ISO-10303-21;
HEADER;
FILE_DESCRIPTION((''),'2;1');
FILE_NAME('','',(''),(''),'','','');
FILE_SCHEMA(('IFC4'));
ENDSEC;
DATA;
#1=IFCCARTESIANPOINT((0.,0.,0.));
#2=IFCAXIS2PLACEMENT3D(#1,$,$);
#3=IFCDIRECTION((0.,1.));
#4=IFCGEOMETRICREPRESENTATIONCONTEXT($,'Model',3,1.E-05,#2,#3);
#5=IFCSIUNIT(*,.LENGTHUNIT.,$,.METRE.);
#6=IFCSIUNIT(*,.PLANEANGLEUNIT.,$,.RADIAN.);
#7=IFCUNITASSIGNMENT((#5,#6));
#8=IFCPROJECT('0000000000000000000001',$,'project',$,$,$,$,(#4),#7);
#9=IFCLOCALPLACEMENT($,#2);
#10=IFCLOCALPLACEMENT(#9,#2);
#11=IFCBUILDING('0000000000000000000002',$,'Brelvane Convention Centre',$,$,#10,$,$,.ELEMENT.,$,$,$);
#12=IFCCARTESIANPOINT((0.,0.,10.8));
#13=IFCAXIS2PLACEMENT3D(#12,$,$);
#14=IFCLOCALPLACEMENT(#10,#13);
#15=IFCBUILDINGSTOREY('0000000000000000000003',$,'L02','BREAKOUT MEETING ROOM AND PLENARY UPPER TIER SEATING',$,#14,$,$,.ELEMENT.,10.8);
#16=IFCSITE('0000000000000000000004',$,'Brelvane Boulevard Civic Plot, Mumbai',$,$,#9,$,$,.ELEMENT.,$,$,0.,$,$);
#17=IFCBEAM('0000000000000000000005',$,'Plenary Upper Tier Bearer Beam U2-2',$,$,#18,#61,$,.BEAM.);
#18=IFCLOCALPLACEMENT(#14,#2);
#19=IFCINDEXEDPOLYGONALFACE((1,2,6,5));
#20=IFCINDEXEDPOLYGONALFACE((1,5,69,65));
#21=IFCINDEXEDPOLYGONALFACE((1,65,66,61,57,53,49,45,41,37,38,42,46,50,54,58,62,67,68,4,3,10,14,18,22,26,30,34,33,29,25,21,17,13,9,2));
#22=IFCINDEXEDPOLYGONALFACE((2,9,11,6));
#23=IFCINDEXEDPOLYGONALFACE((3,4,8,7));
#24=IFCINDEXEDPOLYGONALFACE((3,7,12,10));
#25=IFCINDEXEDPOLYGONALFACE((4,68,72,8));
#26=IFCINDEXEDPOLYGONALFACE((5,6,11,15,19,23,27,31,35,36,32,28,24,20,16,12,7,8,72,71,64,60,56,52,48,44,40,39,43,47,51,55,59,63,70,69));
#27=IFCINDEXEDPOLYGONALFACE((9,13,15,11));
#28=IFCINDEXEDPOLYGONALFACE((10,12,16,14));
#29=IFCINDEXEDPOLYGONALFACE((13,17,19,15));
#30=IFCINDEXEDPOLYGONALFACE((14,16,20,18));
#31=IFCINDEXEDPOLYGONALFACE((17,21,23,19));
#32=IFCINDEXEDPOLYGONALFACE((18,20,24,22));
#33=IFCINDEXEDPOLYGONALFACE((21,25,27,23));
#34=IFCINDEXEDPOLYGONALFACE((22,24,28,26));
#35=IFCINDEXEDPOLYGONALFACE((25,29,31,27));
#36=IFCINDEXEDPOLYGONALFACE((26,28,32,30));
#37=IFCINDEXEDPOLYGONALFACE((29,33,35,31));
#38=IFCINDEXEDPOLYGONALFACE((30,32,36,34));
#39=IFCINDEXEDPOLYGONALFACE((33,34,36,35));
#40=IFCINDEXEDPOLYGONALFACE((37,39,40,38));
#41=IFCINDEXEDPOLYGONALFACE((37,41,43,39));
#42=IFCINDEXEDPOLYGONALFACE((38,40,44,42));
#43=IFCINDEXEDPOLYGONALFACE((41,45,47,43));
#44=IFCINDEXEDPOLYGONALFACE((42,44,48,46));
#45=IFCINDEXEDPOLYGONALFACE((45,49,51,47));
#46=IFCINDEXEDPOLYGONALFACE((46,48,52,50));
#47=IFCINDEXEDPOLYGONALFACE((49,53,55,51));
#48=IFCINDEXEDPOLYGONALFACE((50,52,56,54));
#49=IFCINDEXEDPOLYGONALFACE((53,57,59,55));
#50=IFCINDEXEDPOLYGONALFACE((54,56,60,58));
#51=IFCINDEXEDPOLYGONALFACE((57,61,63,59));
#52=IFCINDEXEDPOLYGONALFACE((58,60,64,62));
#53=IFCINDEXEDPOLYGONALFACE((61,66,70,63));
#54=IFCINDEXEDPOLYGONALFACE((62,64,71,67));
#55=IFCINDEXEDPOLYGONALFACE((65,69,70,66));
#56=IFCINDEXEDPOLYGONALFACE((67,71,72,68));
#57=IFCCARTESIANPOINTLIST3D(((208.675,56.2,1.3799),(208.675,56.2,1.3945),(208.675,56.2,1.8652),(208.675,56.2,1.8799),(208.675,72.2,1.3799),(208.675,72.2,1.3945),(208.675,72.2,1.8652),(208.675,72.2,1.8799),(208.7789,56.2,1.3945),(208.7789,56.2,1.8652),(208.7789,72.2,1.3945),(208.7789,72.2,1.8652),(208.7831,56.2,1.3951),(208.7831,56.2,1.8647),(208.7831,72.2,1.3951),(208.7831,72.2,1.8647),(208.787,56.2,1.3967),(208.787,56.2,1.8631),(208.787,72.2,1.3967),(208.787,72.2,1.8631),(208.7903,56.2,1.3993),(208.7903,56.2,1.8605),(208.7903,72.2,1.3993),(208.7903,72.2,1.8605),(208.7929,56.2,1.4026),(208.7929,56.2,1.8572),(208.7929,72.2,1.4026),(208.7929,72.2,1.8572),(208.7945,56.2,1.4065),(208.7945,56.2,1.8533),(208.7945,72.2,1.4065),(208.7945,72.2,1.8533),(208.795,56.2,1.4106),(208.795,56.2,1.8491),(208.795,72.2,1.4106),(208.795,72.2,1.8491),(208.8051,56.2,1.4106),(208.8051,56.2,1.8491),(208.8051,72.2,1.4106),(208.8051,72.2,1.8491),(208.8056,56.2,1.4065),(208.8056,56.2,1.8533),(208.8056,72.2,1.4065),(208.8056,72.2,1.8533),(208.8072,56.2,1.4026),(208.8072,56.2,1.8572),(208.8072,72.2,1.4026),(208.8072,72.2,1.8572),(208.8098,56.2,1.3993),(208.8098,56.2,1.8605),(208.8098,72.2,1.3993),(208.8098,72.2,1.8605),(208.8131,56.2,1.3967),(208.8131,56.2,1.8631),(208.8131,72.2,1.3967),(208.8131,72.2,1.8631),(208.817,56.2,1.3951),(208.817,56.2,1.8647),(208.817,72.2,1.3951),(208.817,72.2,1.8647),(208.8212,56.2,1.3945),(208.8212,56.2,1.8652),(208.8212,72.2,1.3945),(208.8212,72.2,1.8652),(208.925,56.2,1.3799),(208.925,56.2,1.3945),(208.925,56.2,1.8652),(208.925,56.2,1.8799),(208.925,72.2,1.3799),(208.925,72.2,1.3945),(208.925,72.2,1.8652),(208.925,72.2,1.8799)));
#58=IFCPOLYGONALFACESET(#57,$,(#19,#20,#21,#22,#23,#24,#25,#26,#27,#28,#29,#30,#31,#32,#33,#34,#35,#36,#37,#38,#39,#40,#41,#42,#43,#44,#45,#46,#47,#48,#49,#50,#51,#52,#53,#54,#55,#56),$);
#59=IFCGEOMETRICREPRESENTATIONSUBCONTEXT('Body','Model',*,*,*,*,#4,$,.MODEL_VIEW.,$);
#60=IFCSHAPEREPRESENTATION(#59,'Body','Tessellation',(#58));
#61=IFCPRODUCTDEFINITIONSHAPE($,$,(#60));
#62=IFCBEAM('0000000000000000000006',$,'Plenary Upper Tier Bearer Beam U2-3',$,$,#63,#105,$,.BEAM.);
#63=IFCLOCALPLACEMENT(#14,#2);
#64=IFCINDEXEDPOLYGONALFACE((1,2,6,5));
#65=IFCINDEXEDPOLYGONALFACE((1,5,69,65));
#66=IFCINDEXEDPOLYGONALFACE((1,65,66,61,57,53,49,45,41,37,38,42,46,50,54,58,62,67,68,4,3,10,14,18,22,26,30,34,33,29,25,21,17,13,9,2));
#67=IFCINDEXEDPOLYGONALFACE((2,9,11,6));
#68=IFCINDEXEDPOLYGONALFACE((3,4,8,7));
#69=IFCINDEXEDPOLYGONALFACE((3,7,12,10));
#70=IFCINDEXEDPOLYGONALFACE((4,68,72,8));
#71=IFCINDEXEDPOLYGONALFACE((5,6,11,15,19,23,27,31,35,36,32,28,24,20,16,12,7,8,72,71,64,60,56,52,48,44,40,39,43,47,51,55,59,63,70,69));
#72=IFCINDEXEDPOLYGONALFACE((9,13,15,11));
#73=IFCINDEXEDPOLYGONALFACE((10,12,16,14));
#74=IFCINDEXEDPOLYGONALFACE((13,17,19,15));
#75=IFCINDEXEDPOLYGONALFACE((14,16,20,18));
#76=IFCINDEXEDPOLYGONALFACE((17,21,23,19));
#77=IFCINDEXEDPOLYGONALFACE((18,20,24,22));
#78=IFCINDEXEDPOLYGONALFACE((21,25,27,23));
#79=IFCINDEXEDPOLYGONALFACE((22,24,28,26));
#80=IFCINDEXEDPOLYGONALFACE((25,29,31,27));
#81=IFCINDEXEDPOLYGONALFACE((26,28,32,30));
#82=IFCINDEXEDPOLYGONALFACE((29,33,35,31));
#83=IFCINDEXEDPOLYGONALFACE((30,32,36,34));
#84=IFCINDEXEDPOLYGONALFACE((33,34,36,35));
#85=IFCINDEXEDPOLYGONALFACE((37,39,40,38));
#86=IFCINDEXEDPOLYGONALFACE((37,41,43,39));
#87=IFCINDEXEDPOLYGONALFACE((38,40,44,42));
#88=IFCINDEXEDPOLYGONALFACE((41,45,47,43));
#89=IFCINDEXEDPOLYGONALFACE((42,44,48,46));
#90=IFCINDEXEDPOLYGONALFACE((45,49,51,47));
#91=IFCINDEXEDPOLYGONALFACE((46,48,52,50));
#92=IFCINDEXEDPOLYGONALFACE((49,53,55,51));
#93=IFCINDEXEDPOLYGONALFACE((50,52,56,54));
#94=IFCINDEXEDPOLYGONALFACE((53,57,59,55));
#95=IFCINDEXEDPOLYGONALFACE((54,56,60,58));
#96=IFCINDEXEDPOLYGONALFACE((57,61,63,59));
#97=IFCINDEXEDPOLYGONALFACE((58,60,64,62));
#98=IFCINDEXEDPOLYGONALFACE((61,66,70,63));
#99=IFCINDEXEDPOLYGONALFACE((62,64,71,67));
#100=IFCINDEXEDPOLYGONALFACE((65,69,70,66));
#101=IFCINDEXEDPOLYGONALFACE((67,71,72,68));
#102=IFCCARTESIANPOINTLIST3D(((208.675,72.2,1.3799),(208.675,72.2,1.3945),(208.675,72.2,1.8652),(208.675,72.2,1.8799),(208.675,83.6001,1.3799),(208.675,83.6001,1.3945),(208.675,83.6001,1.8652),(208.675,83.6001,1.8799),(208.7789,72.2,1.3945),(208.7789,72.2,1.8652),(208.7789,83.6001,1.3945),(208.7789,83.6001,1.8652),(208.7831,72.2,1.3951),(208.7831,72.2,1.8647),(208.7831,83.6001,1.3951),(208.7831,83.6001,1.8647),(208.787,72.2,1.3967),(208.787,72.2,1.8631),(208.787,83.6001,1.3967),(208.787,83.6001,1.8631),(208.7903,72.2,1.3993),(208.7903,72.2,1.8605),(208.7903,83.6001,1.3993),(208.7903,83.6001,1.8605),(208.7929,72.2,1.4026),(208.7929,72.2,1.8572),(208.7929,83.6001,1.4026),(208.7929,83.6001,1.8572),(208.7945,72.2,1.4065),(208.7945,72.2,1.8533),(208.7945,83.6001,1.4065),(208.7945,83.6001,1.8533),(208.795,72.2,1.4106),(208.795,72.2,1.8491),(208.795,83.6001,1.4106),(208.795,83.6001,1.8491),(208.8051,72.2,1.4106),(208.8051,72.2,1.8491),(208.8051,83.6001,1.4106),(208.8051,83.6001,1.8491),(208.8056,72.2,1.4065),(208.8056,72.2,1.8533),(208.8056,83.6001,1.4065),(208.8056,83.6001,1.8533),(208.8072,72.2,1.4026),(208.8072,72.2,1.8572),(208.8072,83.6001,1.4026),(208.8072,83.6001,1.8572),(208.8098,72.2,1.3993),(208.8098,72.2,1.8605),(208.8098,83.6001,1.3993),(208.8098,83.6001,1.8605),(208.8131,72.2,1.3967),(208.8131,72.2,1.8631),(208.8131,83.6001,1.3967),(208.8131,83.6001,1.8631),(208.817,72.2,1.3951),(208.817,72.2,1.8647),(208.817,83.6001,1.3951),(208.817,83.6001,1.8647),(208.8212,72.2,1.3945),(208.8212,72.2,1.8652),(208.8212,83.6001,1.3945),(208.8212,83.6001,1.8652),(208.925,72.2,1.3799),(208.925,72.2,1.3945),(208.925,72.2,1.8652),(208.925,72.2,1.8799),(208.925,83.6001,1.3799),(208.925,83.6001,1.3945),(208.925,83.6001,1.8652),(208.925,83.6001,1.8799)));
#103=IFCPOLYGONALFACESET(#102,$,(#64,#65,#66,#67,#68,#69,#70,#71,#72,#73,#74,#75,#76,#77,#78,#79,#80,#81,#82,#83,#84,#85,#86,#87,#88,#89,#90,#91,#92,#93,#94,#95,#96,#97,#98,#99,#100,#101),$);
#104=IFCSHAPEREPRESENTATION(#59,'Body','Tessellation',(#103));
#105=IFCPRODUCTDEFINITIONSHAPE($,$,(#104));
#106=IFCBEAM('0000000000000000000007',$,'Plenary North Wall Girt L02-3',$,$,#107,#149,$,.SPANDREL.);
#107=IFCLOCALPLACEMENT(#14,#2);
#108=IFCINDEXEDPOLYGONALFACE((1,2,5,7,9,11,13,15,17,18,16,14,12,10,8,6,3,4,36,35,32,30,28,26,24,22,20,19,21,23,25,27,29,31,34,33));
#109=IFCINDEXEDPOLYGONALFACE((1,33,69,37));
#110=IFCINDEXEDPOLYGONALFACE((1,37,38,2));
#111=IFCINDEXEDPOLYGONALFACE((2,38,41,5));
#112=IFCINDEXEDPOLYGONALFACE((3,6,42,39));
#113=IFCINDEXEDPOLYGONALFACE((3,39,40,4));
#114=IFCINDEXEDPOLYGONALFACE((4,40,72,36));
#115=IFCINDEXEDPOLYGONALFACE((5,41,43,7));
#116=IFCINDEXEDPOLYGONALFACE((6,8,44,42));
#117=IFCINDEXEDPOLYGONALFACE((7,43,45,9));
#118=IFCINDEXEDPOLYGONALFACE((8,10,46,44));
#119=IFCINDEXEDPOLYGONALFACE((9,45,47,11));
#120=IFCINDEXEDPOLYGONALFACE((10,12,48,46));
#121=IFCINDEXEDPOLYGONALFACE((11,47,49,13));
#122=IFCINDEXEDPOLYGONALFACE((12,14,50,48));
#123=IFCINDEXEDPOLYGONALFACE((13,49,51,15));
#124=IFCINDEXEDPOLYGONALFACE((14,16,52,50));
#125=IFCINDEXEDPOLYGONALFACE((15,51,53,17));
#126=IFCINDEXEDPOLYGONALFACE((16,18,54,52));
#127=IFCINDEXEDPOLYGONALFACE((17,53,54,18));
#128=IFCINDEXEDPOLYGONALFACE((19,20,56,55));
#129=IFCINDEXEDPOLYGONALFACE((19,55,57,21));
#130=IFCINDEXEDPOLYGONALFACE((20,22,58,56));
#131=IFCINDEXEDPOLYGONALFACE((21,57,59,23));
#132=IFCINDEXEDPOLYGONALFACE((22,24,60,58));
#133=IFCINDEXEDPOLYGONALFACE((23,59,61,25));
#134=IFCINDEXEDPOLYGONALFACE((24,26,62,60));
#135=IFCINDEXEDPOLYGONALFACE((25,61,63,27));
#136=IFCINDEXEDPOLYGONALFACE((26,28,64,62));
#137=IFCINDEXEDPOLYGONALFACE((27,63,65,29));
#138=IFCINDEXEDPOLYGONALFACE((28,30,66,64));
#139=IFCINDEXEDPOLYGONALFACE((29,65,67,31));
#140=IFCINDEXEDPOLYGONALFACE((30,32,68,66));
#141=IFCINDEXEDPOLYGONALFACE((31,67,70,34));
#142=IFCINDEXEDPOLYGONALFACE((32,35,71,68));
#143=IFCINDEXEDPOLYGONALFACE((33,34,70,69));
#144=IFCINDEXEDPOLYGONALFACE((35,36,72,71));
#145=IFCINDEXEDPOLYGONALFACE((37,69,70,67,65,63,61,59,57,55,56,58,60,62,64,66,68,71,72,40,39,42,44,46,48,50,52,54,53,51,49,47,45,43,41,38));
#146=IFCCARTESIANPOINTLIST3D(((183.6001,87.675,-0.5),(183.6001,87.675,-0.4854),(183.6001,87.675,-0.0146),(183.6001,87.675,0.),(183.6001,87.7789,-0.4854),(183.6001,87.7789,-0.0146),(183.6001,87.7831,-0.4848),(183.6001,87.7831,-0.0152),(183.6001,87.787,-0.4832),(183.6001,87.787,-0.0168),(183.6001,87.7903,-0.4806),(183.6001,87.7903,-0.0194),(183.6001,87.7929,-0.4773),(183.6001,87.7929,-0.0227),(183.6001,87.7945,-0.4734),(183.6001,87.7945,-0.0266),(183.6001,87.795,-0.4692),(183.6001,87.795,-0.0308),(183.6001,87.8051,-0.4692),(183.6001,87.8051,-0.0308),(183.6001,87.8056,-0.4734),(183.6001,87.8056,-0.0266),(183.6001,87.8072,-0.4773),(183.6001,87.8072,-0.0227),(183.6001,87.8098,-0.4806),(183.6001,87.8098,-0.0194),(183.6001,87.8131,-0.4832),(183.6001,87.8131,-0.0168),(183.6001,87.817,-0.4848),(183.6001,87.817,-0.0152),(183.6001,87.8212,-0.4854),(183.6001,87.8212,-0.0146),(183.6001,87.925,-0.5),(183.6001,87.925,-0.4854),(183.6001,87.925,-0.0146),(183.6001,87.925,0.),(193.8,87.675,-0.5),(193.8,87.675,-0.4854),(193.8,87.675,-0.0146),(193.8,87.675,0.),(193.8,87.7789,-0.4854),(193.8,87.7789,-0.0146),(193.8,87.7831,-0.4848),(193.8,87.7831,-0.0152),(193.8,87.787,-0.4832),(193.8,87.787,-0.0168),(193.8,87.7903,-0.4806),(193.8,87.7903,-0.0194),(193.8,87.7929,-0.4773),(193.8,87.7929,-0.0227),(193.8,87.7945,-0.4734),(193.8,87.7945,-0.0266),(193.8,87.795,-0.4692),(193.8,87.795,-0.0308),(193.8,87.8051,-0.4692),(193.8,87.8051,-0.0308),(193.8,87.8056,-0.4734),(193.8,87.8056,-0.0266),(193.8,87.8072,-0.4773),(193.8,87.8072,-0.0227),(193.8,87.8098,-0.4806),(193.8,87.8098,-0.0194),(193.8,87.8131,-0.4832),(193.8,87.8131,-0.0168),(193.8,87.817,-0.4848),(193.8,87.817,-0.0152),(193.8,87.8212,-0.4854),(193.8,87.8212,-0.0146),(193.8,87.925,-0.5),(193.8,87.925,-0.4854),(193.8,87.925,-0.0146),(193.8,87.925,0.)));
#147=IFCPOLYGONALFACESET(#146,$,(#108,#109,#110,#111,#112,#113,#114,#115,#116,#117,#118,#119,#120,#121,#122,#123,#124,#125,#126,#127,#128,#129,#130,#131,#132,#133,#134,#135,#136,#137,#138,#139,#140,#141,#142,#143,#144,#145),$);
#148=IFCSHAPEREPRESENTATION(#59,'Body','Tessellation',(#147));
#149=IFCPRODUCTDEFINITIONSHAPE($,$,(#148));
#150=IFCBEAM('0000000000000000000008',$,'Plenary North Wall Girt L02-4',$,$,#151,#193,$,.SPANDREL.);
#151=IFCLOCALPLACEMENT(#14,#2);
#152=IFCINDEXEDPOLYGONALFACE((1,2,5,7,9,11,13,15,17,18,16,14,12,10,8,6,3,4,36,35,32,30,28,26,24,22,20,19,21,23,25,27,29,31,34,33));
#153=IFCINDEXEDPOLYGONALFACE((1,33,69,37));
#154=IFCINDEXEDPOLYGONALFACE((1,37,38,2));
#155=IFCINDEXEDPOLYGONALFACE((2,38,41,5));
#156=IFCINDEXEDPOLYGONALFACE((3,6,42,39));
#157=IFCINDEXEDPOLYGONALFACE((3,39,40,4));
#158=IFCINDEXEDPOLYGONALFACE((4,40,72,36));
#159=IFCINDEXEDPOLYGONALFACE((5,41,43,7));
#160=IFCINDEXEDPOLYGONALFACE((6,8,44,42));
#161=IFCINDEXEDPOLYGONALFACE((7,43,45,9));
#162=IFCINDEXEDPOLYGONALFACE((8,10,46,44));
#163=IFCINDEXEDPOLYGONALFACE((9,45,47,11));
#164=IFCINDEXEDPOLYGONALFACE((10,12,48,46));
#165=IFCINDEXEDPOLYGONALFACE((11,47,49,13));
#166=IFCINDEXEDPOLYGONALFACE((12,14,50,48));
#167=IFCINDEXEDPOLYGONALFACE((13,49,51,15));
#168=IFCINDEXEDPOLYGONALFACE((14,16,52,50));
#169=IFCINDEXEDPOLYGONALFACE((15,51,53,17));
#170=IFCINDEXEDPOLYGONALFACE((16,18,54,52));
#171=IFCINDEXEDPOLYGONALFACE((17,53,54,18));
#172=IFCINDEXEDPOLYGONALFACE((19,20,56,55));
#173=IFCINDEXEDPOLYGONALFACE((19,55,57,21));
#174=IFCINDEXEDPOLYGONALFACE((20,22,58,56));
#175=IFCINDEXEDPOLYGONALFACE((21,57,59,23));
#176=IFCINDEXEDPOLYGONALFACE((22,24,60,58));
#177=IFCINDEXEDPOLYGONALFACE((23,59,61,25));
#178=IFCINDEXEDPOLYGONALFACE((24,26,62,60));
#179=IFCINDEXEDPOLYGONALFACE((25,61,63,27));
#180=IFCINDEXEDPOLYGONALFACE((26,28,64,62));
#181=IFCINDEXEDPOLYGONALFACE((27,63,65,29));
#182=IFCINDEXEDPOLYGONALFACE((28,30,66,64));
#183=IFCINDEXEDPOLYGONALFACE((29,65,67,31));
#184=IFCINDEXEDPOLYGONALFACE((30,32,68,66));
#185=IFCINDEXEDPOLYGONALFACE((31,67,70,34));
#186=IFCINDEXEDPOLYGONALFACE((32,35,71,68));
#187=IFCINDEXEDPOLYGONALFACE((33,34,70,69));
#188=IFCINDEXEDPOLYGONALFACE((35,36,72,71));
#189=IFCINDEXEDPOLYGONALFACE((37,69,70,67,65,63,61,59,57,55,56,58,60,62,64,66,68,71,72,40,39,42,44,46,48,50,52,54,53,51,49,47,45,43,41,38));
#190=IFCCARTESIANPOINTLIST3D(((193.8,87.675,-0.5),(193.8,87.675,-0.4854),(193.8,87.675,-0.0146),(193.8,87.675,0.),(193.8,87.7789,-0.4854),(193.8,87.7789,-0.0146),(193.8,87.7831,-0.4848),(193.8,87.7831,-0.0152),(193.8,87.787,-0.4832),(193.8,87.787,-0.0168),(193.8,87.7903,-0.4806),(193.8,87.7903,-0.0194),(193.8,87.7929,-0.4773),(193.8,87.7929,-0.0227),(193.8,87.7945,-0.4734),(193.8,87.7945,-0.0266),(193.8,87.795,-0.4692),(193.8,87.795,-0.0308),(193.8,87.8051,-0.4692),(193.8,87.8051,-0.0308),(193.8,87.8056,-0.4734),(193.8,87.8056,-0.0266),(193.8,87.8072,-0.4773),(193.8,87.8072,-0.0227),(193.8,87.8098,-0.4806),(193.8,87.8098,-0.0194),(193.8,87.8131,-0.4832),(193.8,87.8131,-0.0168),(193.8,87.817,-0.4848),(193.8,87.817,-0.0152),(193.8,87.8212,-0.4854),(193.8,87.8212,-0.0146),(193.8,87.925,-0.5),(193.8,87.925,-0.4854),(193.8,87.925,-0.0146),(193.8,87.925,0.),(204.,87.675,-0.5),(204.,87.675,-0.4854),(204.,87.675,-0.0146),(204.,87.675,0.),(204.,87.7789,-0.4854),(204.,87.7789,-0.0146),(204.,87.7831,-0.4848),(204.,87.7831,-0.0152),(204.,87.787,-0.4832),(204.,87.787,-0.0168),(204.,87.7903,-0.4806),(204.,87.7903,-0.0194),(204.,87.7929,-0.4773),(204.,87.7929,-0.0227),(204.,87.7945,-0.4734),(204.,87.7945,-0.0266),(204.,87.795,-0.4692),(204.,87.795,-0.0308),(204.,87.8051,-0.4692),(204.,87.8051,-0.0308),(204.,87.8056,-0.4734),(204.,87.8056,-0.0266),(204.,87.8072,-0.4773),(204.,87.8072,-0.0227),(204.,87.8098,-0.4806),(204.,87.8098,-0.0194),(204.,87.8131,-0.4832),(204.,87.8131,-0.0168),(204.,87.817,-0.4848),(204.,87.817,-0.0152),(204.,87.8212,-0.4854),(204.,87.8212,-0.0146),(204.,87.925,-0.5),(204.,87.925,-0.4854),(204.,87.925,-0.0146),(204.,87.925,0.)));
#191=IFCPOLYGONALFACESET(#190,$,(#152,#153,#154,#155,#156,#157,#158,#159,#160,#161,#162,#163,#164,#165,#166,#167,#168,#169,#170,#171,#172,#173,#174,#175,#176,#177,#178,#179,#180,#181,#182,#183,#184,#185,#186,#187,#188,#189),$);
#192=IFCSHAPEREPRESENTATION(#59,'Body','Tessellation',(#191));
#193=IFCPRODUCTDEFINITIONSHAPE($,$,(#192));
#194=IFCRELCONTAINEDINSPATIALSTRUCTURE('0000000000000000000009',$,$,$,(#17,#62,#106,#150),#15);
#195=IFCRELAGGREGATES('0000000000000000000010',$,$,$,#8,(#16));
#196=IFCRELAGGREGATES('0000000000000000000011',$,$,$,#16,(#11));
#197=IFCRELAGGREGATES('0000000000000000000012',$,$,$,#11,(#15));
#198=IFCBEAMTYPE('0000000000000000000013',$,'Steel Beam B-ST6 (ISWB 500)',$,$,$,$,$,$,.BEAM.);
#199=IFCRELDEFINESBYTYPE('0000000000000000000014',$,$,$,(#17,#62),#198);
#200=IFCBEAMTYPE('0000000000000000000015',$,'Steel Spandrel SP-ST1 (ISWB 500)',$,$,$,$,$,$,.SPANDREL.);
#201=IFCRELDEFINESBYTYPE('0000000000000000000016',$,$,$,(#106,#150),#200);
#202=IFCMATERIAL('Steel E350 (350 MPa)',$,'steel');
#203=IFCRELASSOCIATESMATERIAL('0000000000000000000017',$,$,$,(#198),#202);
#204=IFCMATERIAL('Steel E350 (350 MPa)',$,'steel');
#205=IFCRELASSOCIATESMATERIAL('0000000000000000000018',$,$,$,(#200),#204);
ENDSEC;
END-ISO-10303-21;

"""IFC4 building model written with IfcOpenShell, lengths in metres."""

from ifc_helpers import new_model, si_unit, direction, frame, origin, origin_2d, place, context, subcontext, project, spatial, i_section, extrude, material, material_profile, profile_set, type_object, element, save


model = new_model("IFC4")

# Units and contexts
model_context = context("Model", 3, precision=1e-05, world=origin(), true_north=direction((0.0, 1.0)))
body_context = subcontext(model_context, "Body", "Model", "MODEL_VIEW")
ifc_project = project(units=[si_unit("LENGTHUNIT", "METRE"), si_unit("PLANEANGLEUNIT", "RADIAN")], contexts=[model_context])

# Site, building, storey
site_placement = place(None, origin())
site = spatial("IfcSite", under=ifc_project, at=site_placement, Name="Brelvane Boulevard Civic Plot, Mumbai", CompositionType="ELEMENT", RefElevation=0.0)
building_placement = place(site_placement, origin())
building = spatial("IfcBuilding", under=site, at=building_placement, Name="Brelvane Convention Centre", CompositionType="ELEMENT")
storey_placement = place(building_placement, frame((0.0, 0.0, 10.8)))
storey = spatial("IfcBuildingStorey", under=building, at=storey_placement, Name="L02", Description="BREAKOUT MEETING ROOM AND PLENARY UPPER TIER SEATING", CompositionType="ELEMENT", Elevation=10.8)

# Beams
ifc_material_1 = material(Name="Steel E350 (350 MPa)", Category="steel")
ifc_material_profile_1 = material_profile(ifc_material_1, i_section(OverallWidth=0.25, OverallDepth=0.5, WebThickness=0.01, FlangeThickness=0.0146, FilletRadius=0.0161, at=origin_2d()), Name="ISWB 500")
ifc_profile_set_1 = profile_set([ifc_material_profile_1], Name="Steel E350 (350 MPa)")
beam_type_1 = type_object("IfcBeamType", Name="Steel Beam B-ST6 (ISWB 500)", PredefinedType="BEAM", material=ifc_profile_set_1)
beam_1_placement = place(storey_placement, frame((208.8, 56.2, 1.6299), z_axis=(0.0, 1.0, 0.0), x_axis=(-1.0, 0.0, 0.0)))
element("IfcBeam", 1, at=beam_1_placement, inside=storey, type_object=beam_type_1, Name="Plenary Upper Tier Bearer Beam U2-2", PredefinedType="BEAM", context=body_context, shape_type="SweptSolid", body=[
    extrude(i_section(OverallWidth=0.25, OverallDepth=0.5, WebThickness=0.01, FlangeThickness=0.0146, FilletRadius=0.0161, at=origin_2d()), origin(), (0.0, 0.0, 1.0), 16.0),
])
beam_2_placement = place(storey_placement, frame((208.8, 72.2, 1.6299), z_axis=(0.0, 1.0, 0.0), x_axis=(-1.0, 0.0, 0.0)))
element("IfcBeam", 2, at=beam_2_placement, inside=storey, type_object=beam_type_1, Name="Plenary Upper Tier Bearer Beam U2-3", PredefinedType="BEAM", context=body_context, shape_type="SweptSolid", body=[
    extrude(i_section(OverallWidth=0.25, OverallDepth=0.5, WebThickness=0.01, FlangeThickness=0.0146, FilletRadius=0.0161, at=origin_2d()), origin(), (0.0, 0.0, 1.0), 11.4001),
])
ifc_material_2 = material(Name="Steel E350 (350 MPa)", Category="steel")
ifc_material_profile_2 = material_profile(ifc_material_2, i_section(OverallWidth=0.25, OverallDepth=0.5, WebThickness=0.01, FlangeThickness=0.0146, FilletRadius=0.0161, at=origin_2d()), Name="ISWB 500")
ifc_profile_set_2 = profile_set([ifc_material_profile_2], Name="Steel E350 (350 MPa)")
beam_type_2 = type_object("IfcBeamType", Name="Steel Spandrel SP-ST1 (ISWB 500)", PredefinedType="SPANDREL", material=ifc_profile_set_2)
for number, where, z_axis, x_axis, name in (
    (3, (183.6001, 87.8, -0.25), (1.0, 0.0, 0.0), (0.0, 1.0, 0.0), "Plenary North Wall Girt L02-3"),
    (4, (193.8, 87.8, -0.25), (1.0, 0.0, 0.0), (0.0, 1.0, 0.0), "Plenary North Wall Girt L02-4"),
):
    element("IfcBeam", number, at=place(storey_placement, frame(where, z_axis=z_axis, x_axis=x_axis)), inside=storey, type_object=beam_type_2, Name=name, PredefinedType="SPANDREL", context=body_context, shape_type="SweptSolid", body=[
        extrude(i_section(OverallWidth=0.25, OverallDepth=0.5, WebThickness=0.01, FlangeThickness=0.0146, FilletRadius=0.0161, at=origin_2d()), origin(), (0.0, 0.0, 1.0), 10.2),
    ])

save(model, "model.ifc")
